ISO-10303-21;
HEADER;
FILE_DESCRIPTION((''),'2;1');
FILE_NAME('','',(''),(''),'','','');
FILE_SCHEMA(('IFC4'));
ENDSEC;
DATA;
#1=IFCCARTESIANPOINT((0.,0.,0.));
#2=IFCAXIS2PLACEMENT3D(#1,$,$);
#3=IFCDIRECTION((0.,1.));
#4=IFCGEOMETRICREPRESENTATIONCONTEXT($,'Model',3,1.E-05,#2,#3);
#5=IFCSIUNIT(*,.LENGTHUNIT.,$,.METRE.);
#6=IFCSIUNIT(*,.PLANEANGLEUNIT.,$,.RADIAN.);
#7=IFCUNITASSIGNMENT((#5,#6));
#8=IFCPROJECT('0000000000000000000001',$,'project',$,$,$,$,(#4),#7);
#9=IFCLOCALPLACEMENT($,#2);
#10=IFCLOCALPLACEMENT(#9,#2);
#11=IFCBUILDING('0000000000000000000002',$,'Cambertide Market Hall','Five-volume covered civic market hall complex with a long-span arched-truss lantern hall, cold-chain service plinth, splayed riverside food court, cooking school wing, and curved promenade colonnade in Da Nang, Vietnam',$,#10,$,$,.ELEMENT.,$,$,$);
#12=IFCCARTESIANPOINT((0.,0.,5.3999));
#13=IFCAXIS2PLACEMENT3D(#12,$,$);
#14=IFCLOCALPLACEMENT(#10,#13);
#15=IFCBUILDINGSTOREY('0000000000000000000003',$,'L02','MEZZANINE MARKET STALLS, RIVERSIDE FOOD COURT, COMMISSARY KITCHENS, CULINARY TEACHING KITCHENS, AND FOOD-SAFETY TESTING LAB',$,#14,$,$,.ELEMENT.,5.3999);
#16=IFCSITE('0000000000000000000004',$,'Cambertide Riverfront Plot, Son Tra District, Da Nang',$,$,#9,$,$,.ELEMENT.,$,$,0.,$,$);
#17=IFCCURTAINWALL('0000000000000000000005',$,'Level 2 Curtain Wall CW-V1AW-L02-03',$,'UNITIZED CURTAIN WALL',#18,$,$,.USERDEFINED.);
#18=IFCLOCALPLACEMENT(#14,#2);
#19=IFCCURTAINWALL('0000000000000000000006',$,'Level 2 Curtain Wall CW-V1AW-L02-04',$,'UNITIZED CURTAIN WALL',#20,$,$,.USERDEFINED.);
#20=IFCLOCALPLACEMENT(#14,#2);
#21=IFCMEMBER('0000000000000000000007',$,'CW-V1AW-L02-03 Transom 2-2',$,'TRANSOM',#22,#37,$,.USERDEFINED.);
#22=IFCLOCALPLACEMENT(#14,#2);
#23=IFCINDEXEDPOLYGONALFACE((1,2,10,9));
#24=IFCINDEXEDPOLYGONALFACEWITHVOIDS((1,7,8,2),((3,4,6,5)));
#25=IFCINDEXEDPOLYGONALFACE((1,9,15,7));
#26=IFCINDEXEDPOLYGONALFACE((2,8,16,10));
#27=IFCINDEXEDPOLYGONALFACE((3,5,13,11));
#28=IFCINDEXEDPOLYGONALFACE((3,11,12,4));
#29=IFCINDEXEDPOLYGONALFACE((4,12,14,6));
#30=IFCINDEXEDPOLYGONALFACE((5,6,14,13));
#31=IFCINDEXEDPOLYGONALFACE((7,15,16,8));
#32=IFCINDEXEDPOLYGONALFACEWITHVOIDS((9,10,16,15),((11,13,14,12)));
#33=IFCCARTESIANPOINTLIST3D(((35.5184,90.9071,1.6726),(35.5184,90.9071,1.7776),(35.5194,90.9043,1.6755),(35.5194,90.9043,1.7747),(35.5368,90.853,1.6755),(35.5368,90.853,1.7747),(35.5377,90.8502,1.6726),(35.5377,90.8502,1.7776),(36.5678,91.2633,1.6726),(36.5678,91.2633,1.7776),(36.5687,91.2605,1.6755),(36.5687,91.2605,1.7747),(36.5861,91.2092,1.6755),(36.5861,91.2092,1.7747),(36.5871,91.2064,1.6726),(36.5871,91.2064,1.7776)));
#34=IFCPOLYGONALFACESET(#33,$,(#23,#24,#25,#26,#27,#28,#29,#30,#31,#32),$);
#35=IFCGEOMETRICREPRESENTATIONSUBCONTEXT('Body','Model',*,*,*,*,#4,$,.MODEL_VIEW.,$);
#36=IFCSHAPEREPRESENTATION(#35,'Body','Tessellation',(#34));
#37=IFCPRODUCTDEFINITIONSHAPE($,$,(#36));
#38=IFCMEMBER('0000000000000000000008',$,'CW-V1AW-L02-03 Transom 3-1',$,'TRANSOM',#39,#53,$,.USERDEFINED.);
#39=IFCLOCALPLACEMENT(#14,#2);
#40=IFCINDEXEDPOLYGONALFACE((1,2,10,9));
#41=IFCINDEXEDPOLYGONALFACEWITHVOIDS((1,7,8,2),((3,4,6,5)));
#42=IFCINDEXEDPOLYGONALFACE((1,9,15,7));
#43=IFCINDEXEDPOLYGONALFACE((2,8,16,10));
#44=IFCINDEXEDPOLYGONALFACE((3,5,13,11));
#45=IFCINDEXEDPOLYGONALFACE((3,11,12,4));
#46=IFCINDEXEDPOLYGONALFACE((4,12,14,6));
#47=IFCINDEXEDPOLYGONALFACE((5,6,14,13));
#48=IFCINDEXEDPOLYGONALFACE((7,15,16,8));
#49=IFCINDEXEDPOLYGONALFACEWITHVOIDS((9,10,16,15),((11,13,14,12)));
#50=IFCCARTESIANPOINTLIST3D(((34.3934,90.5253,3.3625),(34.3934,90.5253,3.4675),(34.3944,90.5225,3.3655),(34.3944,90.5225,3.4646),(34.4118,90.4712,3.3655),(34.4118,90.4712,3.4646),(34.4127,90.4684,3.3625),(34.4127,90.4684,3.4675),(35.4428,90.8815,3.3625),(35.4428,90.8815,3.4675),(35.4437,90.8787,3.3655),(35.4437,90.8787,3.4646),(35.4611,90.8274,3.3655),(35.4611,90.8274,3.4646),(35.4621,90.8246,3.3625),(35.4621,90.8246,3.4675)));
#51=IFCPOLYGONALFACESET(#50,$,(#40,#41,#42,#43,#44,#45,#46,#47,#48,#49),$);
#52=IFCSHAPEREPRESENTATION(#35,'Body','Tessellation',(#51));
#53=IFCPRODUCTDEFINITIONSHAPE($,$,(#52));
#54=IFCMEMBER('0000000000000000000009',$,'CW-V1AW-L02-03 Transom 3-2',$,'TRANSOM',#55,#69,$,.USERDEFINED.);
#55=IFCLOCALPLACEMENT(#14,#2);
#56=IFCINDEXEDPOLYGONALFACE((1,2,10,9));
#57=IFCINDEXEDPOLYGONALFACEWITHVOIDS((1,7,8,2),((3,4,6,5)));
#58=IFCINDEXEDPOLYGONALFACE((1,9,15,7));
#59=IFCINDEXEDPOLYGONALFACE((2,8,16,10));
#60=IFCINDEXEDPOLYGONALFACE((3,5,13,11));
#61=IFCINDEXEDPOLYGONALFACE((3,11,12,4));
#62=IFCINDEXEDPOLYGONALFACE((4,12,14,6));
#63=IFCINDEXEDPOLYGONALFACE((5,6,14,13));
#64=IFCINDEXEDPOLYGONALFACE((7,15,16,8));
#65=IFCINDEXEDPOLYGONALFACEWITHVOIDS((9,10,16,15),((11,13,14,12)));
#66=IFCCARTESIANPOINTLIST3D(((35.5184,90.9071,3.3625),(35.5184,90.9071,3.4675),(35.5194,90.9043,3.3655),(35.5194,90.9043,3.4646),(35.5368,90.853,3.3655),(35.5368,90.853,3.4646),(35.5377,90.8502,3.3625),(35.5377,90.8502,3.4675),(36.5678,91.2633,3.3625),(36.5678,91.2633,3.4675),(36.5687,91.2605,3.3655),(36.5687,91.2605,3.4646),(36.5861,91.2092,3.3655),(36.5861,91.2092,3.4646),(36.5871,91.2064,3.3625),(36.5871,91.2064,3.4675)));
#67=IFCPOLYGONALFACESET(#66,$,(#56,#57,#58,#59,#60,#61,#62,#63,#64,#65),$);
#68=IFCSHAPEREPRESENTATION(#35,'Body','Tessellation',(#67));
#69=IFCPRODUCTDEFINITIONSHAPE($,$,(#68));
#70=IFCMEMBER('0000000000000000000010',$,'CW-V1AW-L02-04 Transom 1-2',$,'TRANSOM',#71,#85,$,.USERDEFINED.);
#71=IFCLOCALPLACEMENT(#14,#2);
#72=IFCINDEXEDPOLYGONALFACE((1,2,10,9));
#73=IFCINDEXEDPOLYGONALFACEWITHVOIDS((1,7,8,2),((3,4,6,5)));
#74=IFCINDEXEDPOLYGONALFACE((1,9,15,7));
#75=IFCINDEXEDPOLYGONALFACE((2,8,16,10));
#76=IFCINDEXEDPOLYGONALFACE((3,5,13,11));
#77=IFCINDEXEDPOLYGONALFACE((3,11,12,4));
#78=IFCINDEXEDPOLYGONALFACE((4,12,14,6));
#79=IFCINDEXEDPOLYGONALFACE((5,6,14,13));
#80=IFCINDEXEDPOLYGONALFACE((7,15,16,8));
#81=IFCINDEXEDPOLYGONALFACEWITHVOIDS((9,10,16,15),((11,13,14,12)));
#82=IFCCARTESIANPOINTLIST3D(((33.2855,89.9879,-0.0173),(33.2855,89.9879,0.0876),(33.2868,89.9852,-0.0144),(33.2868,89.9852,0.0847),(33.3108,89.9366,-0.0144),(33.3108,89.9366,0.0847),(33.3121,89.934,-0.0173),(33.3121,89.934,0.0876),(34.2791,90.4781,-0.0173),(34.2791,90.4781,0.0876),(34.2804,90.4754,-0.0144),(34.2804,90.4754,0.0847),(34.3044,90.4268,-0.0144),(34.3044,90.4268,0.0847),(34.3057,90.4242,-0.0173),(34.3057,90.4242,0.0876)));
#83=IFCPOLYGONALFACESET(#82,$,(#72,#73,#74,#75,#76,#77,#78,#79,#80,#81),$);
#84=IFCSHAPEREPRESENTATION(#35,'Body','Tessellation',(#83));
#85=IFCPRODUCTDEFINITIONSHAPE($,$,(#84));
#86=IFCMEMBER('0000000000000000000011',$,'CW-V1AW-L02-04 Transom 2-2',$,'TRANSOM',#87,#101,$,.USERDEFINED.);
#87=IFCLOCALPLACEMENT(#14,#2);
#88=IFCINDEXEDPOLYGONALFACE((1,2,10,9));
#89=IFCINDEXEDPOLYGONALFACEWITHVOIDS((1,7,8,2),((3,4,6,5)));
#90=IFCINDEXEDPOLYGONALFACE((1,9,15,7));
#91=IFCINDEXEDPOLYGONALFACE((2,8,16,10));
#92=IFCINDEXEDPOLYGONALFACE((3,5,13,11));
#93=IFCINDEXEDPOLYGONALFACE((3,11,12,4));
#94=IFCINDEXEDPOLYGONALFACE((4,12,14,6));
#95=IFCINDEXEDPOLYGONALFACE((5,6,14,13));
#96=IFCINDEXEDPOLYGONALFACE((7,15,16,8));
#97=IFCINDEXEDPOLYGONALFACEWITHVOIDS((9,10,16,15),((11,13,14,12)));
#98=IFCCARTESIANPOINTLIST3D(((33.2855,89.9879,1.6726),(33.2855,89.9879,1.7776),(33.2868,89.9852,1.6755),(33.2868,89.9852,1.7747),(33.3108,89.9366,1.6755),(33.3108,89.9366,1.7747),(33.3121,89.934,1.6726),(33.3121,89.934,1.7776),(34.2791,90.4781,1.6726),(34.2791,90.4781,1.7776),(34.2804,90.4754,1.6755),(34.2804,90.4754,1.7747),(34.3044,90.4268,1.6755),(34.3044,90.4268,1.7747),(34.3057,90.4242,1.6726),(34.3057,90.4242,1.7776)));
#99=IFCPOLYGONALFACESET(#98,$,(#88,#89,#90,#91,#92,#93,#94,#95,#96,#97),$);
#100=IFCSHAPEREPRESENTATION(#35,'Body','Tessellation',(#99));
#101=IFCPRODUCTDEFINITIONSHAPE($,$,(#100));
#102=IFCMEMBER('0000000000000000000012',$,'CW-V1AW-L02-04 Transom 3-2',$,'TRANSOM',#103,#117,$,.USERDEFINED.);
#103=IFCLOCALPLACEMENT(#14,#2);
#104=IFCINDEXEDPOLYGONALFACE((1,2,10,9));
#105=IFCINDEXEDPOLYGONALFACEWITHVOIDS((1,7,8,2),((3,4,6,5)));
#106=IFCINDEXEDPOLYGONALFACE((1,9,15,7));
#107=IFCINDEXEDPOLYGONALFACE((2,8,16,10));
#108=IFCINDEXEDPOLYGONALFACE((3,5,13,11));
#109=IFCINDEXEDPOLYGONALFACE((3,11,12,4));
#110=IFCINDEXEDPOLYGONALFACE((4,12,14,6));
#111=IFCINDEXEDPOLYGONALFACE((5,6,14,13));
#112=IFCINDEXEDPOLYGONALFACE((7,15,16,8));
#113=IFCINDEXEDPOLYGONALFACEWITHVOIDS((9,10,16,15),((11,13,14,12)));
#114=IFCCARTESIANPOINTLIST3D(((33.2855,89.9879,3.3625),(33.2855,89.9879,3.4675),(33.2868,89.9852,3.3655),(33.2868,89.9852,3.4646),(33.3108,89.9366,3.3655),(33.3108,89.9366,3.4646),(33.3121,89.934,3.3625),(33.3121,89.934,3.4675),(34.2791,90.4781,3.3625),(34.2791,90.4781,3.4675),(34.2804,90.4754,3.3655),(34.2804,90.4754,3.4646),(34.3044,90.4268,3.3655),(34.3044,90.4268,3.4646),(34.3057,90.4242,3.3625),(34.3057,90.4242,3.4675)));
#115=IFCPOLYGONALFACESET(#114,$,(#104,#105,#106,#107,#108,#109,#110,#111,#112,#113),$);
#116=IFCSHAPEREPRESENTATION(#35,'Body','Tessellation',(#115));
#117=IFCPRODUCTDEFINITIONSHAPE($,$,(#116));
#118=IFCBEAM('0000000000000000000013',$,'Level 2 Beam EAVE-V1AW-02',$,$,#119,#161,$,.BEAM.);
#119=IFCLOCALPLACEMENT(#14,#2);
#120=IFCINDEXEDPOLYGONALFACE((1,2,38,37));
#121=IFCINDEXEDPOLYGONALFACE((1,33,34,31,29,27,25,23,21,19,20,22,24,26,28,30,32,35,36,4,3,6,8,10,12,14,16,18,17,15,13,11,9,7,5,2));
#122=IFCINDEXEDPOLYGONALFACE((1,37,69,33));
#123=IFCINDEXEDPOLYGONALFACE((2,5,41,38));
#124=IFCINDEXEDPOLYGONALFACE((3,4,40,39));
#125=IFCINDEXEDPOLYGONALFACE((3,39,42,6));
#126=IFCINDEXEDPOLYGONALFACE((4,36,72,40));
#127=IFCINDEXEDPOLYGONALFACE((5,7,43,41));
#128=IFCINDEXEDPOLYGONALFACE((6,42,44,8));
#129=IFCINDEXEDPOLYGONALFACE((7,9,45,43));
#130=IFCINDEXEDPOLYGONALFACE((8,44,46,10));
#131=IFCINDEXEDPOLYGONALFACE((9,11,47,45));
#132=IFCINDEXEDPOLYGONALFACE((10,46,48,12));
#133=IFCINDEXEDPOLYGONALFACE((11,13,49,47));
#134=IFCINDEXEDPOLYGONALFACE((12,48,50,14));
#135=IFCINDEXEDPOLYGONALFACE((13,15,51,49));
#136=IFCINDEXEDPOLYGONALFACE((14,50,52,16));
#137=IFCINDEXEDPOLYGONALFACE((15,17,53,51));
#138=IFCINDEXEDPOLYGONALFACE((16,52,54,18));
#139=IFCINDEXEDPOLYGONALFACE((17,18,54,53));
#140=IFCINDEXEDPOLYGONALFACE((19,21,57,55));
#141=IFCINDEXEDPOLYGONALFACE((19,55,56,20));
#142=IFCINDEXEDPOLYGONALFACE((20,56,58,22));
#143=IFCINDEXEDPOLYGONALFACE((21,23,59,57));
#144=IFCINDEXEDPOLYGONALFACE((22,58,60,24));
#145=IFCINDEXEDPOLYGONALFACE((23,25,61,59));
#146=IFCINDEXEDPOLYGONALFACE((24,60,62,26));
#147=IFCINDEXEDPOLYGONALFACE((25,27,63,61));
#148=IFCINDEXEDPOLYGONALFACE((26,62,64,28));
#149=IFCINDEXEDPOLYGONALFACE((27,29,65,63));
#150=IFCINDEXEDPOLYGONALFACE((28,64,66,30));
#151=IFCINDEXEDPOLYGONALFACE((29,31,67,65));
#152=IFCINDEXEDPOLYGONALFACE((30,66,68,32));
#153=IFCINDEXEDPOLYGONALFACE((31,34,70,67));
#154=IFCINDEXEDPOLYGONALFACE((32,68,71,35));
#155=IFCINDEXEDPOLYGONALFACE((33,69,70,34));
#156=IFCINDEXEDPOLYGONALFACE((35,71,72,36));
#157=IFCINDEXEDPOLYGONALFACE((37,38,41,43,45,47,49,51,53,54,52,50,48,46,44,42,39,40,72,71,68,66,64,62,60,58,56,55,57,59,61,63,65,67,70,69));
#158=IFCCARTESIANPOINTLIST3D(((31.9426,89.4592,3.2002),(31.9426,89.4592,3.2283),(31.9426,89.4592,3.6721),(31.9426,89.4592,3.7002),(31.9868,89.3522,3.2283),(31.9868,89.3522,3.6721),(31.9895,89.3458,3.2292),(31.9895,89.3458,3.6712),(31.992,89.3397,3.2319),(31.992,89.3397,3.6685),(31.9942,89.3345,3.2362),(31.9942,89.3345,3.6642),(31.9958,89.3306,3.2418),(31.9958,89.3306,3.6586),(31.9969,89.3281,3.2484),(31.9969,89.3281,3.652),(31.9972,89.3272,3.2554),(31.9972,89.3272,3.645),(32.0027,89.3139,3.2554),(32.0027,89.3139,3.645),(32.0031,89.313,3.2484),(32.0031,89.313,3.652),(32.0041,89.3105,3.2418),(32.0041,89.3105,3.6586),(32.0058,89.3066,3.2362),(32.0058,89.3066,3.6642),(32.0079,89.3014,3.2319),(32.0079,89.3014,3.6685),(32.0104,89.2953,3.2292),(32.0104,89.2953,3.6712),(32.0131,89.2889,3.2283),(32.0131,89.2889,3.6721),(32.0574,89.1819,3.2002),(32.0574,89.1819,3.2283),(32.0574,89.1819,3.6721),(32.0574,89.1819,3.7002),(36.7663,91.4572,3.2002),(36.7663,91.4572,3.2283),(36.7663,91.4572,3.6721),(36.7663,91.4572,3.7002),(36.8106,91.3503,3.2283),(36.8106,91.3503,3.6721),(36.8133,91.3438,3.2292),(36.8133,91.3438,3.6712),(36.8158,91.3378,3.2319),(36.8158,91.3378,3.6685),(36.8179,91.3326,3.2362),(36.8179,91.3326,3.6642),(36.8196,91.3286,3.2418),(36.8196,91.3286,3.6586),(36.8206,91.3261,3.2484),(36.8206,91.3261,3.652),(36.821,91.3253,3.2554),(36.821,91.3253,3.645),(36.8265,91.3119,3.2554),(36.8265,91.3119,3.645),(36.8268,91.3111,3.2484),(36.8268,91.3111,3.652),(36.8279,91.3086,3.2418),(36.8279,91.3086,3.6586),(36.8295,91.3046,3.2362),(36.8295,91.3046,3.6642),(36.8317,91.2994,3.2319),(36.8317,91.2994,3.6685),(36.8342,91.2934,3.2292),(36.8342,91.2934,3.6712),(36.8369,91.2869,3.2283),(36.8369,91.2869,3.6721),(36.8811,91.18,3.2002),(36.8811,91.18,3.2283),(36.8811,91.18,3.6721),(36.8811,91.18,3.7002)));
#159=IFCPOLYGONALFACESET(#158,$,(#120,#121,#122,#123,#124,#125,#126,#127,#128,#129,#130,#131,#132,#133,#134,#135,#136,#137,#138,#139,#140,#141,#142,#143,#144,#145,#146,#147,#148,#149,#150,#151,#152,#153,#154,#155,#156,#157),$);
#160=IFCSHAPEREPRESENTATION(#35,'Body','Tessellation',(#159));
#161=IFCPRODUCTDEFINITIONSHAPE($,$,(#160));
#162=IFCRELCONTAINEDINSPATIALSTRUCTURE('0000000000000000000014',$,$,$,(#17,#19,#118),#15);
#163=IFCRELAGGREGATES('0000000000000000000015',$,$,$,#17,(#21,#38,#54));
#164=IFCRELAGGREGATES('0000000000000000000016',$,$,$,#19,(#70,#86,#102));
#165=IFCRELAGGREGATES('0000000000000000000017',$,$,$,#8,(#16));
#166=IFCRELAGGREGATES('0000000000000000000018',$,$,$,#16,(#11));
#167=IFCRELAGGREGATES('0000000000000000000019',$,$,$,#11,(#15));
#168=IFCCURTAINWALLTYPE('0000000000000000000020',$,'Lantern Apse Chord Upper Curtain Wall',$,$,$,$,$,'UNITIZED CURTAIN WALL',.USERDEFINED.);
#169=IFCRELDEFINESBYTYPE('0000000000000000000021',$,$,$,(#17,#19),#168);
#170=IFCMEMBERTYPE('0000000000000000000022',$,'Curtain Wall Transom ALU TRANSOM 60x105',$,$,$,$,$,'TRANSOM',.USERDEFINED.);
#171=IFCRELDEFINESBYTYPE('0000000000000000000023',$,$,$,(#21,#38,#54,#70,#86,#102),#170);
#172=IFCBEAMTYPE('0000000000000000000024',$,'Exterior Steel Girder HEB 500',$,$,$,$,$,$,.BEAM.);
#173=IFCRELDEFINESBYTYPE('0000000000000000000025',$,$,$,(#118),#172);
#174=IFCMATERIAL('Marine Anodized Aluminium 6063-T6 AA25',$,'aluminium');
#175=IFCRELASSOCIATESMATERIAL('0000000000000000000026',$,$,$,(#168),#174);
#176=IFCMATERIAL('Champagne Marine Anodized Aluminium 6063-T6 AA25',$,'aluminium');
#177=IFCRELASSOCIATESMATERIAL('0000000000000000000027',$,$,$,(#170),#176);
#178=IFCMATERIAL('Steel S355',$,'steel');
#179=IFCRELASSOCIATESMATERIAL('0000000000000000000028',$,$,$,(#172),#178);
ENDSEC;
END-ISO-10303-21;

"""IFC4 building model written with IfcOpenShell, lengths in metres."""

from ifc_helpers import new_model, si_unit, direction, frame, origin, origin_2d, place, context, subcontext, project, spatial, hollow_rectangle, i_section, extrude, material, material_profile, profile_set, type_object, element, aggregate, save


model = new_model("IFC4")

# Units and contexts
model_context = context("Model", 3, precision=1e-05, world=origin(), true_north=direction((0.0, 1.0)))
body_context = subcontext(model_context, "Body", "Model", "MODEL_VIEW")
ifc_project = project(units=[si_unit("LENGTHUNIT", "METRE"), si_unit("PLANEANGLEUNIT", "RADIAN")], contexts=[model_context])

# Site, building, storey
site_placement = place(None, origin())
site = spatial("IfcSite", under=ifc_project, at=site_placement, Name="Cambertide Riverfront Plot, Son Tra District, Da Nang", CompositionType="ELEMENT", RefElevation=0.0)
building_placement = place(site_placement, origin())
building = spatial("IfcBuilding", under=site, at=building_placement, Name="Cambertide Market Hall", Description="Five-volume covered civic market hall complex with a long-span arched-truss lantern hall, cold-chain service plinth, splayed riverside food court, cooking school wing, and curved promenade colonnade in Da Nang, Vietnam", CompositionType="ELEMENT")
storey_placement = place(building_placement, frame((0.0, 0.0, 5.3999)))
storey = spatial("IfcBuildingStorey", under=building, at=storey_placement, Name="L02", Description="MEZZANINE MARKET STALLS, RIVERSIDE FOOD COURT, COMMISSARY KITCHENS, CULINARY TEACHING KITCHENS, AND FOOD-SAFETY TESTING LAB", CompositionType="ELEMENT", Elevation=5.3999)

# Curtain walls
ifc_material_1 = material(Name="Marine Anodized Aluminium 6063-T6 AA25", Category="aluminium")
curtain_wall_type = type_object("IfcCurtainWallType", Name="Lantern Apse Chord Upper Curtain Wall", ElementType="UNITIZED CURTAIN WALL", PredefinedType="USERDEFINED", material=ifc_material_1)
curtain_wall_1_placement = place(storey_placement, origin())
curtain_wall_1 = element("IfcCurtainWall", 1, at=curtain_wall_1_placement, inside=storey, type_object=curtain_wall_type, Name="Level 2 Curtain Wall CW-V1AW-L02-03", ObjectType="UNITIZED CURTAIN WALL", PredefinedType="USERDEFINED")
curtain_wall_2_placement = place(storey_placement, origin())
curtain_wall_2 = element("IfcCurtainWall", 2, at=curtain_wall_2_placement, inside=storey, type_object=curtain_wall_type, Name="Level 2 Curtain Wall CW-V1AW-L02-04", ObjectType="UNITIZED CURTAIN WALL", PredefinedType="USERDEFINED")

# Members
ifc_material_2 = material(Name="Champagne Marine Anodized Aluminium 6063-T6 AA25", Category="aluminium")
ifc_material_profile_1 = material_profile(ifc_material_2, hollow_rectangle(XDim=0.0601, YDim=0.105, WallThickness=0.0029, at=origin_2d()), Name="ALU TRANSOM 60x105")
ifc_profile_set_1 = profile_set([ifc_material_profile_1], Name="Champagne Marine Anodized Aluminium 6063-T6 AA25")
member_type_1 = type_object("IfcMemberType", Name="Curtain Wall Transom ALU TRANSOM 60x105", ElementType="TRANSOM", PredefinedType="USERDEFINED", material=ifc_profile_set_1)
member_1_placement = place(storey_placement, frame((35.5281, 90.8787, 1.7251), z_axis=(0.946928, 0.321445, 0.0), x_axis=(-0.321445, 0.946928, 0.0)))
member_1 = element("IfcMember", 3, at=member_1_placement, type_object=member_type_1, Name="CW-V1AW-L02-03 Transom 2-2", ObjectType="TRANSOM", PredefinedType="USERDEFINED", context=body_context, shape_type="SweptSolid", body=[
    extrude(hollow_rectangle(XDim=0.0601, YDim=0.105, WallThickness=0.0029, at=origin_2d()), origin(), (0.0, 0.0, 1.0), 1.1082),
])
member_2_placement = place(storey_placement, frame((34.4031, 90.4968, 3.415), z_axis=(0.946928, 0.321445, 0.0), x_axis=(-0.321445, 0.946928, 0.0)))
member_2 = element("IfcMember", 4, at=member_2_placement, type_object=member_type_1, Name="CW-V1AW-L02-03 Transom 3-1", ObjectType="TRANSOM", PredefinedType="USERDEFINED", context=body_context, shape_type="SweptSolid", body=[
    extrude(hollow_rectangle(XDim=0.0601, YDim=0.105, WallThickness=0.0029, at=origin_2d()), origin(), (0.0, 0.0, 1.0), 1.1082),
])
member_3_placement = place(storey_placement, frame((35.5281, 90.8787, 3.415), z_axis=(0.946928, 0.321445, 0.0), x_axis=(-0.321445, 0.946928, 0.0)))
member_3 = element("IfcMember", 5, at=member_3_placement, type_object=member_type_1, Name="CW-V1AW-L02-03 Transom 3-2", ObjectType="TRANSOM", PredefinedType="USERDEFINED", context=body_context, shape_type="SweptSolid", body=[
    extrude(hollow_rectangle(XDim=0.0601, YDim=0.105, WallThickness=0.0029, at=origin_2d()), origin(), (0.0, 0.0, 1.0), 1.1082),
])
member_4_placement = place(storey_placement, frame((33.2988, 89.9609, 0.0352), z_axis=(0.896794, 0.442448, 0.0), x_axis=(-0.442448, 0.896794, 0.0)))
member_4 = element("IfcMember", 6, at=member_4_placement, type_object=member_type_1, Name="CW-V1AW-L02-04 Transom 1-2", ObjectType="TRANSOM", PredefinedType="USERDEFINED", context=body_context, shape_type="SweptSolid", body=[
    extrude(hollow_rectangle(XDim=0.0601, YDim=0.105, WallThickness=0.0029, at=origin_2d()), origin(), (0.0, 0.0, 1.0), 1.1079),
])
member_5_placement = place(storey_placement, frame((33.2988, 89.9609, 1.7251), z_axis=(0.896794, 0.442448, 0.0), x_axis=(-0.442448, 0.896794, 0.0)))
member_5 = element("IfcMember", 7, at=member_5_placement, type_object=member_type_1, Name="CW-V1AW-L02-04 Transom 2-2", ObjectType="TRANSOM", PredefinedType="USERDEFINED", context=body_context, shape_type="SweptSolid", body=[
    extrude(hollow_rectangle(XDim=0.0601, YDim=0.105, WallThickness=0.0029, at=origin_2d()), origin(), (0.0, 0.0, 1.0), 1.1079),
])
member_6_placement = place(storey_placement, frame((33.2988, 89.9609, 3.415), z_axis=(0.896794, 0.442448, 0.0), x_axis=(-0.442448, 0.896794, 0.0)))
member_6 = element("IfcMember", 8, at=member_6_placement, type_object=member_type_1, Name="CW-V1AW-L02-04 Transom 3-2", ObjectType="TRANSOM", PredefinedType="USERDEFINED", context=body_context, shape_type="SweptSolid", body=[
    extrude(hollow_rectangle(XDim=0.0601, YDim=0.105, WallThickness=0.0029, at=origin_2d()), origin(), (0.0, 0.0, 1.0), 1.1079),
])

# Beam
ifc_material_3 = material(Name="Steel S355", Category="steel")
ifc_material_profile_2 = material_profile(ifc_material_3, i_section(OverallWidth=0.3, OverallDepth=0.5, WebThickness=0.0144, FlangeThickness=0.0281, FilletRadius=0.0271, at=origin_2d()), Name="HEB 500")
ifc_profile_set_2 = profile_set([ifc_material_profile_2], Name="Steel S355")
beam_type_1 = type_object("IfcBeamType", Name="Exterior Steel Girder HEB 500", PredefinedType="BEAM", material=ifc_profile_set_2)
beam_1_placement = place(storey_placement, frame((36.8237, 91.3186, 3.4502), z_axis=(-0.92388, -0.382682, 0.0), x_axis=(0.382682, -0.92388, 0.0)))
element("IfcBeam", 9, at=beam_1_placement, inside=storey, type_object=beam_type_1, Name="Level 2 Beam EAVE-V1AW-02", PredefinedType="BEAM", context=body_context, shape_type="SweptSolid", body=[
    extrude(i_section(OverallWidth=0.3, OverallDepth=0.5, WebThickness=0.0144, FlangeThickness=0.0281, FilletRadius=0.0271, at=origin_2d()), origin(), (0.0, 0.0, 1.0), 5.2212),
])

aggregate(curtain_wall_1, [member_1, member_2, member_3])
aggregate(curtain_wall_2, [member_4, member_5, member_6])

save(model, "model.ifc")
